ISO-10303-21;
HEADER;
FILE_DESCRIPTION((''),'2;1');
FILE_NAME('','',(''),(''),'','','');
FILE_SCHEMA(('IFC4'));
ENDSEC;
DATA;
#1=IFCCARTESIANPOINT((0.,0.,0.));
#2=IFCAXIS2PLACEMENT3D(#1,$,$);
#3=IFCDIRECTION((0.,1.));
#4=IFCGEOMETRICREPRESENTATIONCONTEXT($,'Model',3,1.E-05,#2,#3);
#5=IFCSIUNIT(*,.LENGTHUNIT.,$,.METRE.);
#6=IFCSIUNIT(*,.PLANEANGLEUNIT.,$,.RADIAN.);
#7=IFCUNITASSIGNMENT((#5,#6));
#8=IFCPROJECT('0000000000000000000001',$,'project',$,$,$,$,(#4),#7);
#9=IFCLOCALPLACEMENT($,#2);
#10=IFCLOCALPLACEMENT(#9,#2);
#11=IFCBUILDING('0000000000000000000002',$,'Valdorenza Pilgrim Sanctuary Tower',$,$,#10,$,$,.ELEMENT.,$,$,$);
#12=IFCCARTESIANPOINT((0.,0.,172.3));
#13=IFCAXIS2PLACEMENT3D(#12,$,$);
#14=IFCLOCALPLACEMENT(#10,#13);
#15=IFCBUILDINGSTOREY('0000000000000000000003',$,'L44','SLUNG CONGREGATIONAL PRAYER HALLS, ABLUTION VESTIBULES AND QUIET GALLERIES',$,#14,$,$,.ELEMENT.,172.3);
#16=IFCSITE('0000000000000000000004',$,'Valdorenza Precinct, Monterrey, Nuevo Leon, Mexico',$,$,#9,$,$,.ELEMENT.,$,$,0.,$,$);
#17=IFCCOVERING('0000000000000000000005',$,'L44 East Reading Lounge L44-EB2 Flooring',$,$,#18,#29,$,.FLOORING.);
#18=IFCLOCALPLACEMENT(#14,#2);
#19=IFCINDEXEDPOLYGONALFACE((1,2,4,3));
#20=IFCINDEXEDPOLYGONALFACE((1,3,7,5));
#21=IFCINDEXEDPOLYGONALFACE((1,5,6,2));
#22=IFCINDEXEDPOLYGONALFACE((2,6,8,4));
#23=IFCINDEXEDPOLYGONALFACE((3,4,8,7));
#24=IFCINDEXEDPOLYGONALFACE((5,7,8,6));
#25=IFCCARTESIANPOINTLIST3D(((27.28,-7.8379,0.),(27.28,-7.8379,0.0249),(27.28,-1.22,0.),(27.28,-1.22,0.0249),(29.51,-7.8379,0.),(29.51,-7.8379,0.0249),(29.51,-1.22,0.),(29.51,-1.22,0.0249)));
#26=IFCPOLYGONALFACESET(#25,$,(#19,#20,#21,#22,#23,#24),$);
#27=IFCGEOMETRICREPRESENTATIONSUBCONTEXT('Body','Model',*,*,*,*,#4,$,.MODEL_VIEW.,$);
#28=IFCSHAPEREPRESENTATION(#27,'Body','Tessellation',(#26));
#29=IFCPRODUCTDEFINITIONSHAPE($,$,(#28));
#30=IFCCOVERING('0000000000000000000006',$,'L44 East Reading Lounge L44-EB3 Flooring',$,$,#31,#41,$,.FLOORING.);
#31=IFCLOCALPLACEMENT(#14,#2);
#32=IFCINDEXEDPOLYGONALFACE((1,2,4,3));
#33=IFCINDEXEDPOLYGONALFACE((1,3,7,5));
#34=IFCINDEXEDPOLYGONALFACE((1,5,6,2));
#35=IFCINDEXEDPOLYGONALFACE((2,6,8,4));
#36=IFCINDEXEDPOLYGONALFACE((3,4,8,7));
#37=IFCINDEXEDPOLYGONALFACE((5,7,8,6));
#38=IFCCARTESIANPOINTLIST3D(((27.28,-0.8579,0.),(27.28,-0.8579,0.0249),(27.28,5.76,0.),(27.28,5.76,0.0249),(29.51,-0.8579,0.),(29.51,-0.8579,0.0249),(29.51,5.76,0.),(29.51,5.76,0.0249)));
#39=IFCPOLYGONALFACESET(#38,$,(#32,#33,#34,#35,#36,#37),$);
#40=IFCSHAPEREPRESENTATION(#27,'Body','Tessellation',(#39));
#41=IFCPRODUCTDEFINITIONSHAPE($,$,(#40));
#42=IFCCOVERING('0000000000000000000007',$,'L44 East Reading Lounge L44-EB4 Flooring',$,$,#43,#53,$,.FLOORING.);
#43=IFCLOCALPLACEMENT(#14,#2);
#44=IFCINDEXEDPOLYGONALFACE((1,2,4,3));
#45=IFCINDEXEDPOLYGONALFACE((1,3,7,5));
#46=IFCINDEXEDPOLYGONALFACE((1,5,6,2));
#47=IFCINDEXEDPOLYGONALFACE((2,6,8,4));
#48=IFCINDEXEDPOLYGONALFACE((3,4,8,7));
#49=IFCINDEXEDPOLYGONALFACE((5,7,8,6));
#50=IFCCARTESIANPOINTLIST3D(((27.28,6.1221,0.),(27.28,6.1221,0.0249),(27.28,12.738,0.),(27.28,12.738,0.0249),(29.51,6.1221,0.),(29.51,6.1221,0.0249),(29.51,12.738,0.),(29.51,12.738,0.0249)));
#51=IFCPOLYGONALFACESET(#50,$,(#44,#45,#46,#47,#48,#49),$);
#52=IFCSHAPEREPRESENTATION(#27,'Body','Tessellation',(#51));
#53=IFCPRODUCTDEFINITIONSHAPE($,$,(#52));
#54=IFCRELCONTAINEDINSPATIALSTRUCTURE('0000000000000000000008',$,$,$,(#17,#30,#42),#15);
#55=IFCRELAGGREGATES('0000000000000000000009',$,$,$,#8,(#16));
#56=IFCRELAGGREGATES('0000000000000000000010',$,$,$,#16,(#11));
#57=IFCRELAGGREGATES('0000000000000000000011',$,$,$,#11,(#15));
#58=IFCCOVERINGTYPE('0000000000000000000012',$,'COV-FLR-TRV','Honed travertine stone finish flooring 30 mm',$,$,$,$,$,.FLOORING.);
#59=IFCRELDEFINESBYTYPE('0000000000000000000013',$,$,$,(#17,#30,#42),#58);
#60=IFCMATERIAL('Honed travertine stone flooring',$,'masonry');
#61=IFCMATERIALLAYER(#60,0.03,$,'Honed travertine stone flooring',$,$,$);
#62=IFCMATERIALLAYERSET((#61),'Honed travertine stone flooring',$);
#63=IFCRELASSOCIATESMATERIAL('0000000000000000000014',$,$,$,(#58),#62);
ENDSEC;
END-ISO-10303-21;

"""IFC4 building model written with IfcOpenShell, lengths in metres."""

from ifc_helpers import new_model, si_unit, direction, frame, origin, place, context, subcontext, project, spatial, polyline, outline, extrude, material, layer, layer_set, type_object, element, save


model = new_model("IFC4")

# Units and contexts
model_context = context("Model", 3, precision=1e-05, world=origin(), true_north=direction((0.0, 1.0)))
body_context = subcontext(model_context, "Body", "Model", "MODEL_VIEW")
ifc_project = project(units=[si_unit("LENGTHUNIT", "METRE"), si_unit("PLANEANGLEUNIT", "RADIAN")], contexts=[model_context])

# Site, building, storey
site_placement = place(None, origin())
site = spatial("IfcSite", under=ifc_project, at=site_placement, Name="Valdorenza Precinct, Monterrey, Nuevo Leon, Mexico", CompositionType="ELEMENT", RefElevation=0.0)
building_placement = place(site_placement, origin())
building = spatial("IfcBuilding", under=site, at=building_placement, Name="Valdorenza Pilgrim Sanctuary Tower", CompositionType="ELEMENT")
storey_placement = place(building_placement, frame((0.0, 0.0, 172.3)))
storey = spatial("IfcBuildingStorey", under=building, at=storey_placement, Name="L44", Description="SLUNG CONGREGATIONAL PRAYER HALLS, ABLUTION VESTIBULES AND QUIET GALLERIES", CompositionType="ELEMENT", Elevation=172.3)

# Coverings
ifc_material_1 = material(Name="Honed travertine stone flooring", Category="masonry")
ifc_layer_1 = layer(ifc_material_1, 0.03, Name="Honed travertine stone flooring")
ifc_layer_set_1 = layer_set([ifc_layer_1], Name="Honed travertine stone flooring")
covering_type_1 = type_object("IfcCoveringType", Name="COV-FLR-TRV", Description="Honed travertine stone finish flooring 30 mm", PredefinedType="FLOORING", material=ifc_layer_set_1)
covering_1_placement = place(storey_placement, origin())
element("IfcCovering", 1, at=covering_1_placement, inside=storey, type_object=covering_type_1, Name="L44 East Reading Lounge L44-EB2 Flooring", PredefinedType="FLOORING", context=body_context, shape_type="SweptSolid", body=[
    extrude(outline(polyline([(27.28, -1.22), (29.51, -1.22), (29.51, -7.8379), (27.28, -7.8379), (27.28, -1.22)])), origin(), (0.0, 0.0, 1.0), 0.0249),
])
covering_2_placement = place(storey_placement, origin())
element("IfcCovering", 2, at=covering_2_placement, inside=storey, type_object=covering_type_1, Name="L44 East Reading Lounge L44-EB3 Flooring", PredefinedType="FLOORING", context=body_context, shape_type="SweptSolid", body=[
    extrude(outline(polyline([(27.28, 5.76), (29.51, 5.76), (29.51, -0.8579), (27.28, -0.8579), (27.28, 5.76)])), origin(), (0.0, 0.0, 1.0), 0.0249),
])
covering_3_placement = place(storey_placement, origin())
element("IfcCovering", 3, at=covering_3_placement, inside=storey, type_object=covering_type_1, Name="L44 East Reading Lounge L44-EB4 Flooring", PredefinedType="FLOORING", context=body_context, shape_type="SweptSolid", body=[
    extrude(outline(polyline([(27.28, 12.738), (29.51, 12.738), (29.51, 6.1221), (27.28, 6.1221), (27.28, 12.738)])), origin(), (0.0, 0.0, 1.0), 0.0249),
])

save(model, "model.ifc")
